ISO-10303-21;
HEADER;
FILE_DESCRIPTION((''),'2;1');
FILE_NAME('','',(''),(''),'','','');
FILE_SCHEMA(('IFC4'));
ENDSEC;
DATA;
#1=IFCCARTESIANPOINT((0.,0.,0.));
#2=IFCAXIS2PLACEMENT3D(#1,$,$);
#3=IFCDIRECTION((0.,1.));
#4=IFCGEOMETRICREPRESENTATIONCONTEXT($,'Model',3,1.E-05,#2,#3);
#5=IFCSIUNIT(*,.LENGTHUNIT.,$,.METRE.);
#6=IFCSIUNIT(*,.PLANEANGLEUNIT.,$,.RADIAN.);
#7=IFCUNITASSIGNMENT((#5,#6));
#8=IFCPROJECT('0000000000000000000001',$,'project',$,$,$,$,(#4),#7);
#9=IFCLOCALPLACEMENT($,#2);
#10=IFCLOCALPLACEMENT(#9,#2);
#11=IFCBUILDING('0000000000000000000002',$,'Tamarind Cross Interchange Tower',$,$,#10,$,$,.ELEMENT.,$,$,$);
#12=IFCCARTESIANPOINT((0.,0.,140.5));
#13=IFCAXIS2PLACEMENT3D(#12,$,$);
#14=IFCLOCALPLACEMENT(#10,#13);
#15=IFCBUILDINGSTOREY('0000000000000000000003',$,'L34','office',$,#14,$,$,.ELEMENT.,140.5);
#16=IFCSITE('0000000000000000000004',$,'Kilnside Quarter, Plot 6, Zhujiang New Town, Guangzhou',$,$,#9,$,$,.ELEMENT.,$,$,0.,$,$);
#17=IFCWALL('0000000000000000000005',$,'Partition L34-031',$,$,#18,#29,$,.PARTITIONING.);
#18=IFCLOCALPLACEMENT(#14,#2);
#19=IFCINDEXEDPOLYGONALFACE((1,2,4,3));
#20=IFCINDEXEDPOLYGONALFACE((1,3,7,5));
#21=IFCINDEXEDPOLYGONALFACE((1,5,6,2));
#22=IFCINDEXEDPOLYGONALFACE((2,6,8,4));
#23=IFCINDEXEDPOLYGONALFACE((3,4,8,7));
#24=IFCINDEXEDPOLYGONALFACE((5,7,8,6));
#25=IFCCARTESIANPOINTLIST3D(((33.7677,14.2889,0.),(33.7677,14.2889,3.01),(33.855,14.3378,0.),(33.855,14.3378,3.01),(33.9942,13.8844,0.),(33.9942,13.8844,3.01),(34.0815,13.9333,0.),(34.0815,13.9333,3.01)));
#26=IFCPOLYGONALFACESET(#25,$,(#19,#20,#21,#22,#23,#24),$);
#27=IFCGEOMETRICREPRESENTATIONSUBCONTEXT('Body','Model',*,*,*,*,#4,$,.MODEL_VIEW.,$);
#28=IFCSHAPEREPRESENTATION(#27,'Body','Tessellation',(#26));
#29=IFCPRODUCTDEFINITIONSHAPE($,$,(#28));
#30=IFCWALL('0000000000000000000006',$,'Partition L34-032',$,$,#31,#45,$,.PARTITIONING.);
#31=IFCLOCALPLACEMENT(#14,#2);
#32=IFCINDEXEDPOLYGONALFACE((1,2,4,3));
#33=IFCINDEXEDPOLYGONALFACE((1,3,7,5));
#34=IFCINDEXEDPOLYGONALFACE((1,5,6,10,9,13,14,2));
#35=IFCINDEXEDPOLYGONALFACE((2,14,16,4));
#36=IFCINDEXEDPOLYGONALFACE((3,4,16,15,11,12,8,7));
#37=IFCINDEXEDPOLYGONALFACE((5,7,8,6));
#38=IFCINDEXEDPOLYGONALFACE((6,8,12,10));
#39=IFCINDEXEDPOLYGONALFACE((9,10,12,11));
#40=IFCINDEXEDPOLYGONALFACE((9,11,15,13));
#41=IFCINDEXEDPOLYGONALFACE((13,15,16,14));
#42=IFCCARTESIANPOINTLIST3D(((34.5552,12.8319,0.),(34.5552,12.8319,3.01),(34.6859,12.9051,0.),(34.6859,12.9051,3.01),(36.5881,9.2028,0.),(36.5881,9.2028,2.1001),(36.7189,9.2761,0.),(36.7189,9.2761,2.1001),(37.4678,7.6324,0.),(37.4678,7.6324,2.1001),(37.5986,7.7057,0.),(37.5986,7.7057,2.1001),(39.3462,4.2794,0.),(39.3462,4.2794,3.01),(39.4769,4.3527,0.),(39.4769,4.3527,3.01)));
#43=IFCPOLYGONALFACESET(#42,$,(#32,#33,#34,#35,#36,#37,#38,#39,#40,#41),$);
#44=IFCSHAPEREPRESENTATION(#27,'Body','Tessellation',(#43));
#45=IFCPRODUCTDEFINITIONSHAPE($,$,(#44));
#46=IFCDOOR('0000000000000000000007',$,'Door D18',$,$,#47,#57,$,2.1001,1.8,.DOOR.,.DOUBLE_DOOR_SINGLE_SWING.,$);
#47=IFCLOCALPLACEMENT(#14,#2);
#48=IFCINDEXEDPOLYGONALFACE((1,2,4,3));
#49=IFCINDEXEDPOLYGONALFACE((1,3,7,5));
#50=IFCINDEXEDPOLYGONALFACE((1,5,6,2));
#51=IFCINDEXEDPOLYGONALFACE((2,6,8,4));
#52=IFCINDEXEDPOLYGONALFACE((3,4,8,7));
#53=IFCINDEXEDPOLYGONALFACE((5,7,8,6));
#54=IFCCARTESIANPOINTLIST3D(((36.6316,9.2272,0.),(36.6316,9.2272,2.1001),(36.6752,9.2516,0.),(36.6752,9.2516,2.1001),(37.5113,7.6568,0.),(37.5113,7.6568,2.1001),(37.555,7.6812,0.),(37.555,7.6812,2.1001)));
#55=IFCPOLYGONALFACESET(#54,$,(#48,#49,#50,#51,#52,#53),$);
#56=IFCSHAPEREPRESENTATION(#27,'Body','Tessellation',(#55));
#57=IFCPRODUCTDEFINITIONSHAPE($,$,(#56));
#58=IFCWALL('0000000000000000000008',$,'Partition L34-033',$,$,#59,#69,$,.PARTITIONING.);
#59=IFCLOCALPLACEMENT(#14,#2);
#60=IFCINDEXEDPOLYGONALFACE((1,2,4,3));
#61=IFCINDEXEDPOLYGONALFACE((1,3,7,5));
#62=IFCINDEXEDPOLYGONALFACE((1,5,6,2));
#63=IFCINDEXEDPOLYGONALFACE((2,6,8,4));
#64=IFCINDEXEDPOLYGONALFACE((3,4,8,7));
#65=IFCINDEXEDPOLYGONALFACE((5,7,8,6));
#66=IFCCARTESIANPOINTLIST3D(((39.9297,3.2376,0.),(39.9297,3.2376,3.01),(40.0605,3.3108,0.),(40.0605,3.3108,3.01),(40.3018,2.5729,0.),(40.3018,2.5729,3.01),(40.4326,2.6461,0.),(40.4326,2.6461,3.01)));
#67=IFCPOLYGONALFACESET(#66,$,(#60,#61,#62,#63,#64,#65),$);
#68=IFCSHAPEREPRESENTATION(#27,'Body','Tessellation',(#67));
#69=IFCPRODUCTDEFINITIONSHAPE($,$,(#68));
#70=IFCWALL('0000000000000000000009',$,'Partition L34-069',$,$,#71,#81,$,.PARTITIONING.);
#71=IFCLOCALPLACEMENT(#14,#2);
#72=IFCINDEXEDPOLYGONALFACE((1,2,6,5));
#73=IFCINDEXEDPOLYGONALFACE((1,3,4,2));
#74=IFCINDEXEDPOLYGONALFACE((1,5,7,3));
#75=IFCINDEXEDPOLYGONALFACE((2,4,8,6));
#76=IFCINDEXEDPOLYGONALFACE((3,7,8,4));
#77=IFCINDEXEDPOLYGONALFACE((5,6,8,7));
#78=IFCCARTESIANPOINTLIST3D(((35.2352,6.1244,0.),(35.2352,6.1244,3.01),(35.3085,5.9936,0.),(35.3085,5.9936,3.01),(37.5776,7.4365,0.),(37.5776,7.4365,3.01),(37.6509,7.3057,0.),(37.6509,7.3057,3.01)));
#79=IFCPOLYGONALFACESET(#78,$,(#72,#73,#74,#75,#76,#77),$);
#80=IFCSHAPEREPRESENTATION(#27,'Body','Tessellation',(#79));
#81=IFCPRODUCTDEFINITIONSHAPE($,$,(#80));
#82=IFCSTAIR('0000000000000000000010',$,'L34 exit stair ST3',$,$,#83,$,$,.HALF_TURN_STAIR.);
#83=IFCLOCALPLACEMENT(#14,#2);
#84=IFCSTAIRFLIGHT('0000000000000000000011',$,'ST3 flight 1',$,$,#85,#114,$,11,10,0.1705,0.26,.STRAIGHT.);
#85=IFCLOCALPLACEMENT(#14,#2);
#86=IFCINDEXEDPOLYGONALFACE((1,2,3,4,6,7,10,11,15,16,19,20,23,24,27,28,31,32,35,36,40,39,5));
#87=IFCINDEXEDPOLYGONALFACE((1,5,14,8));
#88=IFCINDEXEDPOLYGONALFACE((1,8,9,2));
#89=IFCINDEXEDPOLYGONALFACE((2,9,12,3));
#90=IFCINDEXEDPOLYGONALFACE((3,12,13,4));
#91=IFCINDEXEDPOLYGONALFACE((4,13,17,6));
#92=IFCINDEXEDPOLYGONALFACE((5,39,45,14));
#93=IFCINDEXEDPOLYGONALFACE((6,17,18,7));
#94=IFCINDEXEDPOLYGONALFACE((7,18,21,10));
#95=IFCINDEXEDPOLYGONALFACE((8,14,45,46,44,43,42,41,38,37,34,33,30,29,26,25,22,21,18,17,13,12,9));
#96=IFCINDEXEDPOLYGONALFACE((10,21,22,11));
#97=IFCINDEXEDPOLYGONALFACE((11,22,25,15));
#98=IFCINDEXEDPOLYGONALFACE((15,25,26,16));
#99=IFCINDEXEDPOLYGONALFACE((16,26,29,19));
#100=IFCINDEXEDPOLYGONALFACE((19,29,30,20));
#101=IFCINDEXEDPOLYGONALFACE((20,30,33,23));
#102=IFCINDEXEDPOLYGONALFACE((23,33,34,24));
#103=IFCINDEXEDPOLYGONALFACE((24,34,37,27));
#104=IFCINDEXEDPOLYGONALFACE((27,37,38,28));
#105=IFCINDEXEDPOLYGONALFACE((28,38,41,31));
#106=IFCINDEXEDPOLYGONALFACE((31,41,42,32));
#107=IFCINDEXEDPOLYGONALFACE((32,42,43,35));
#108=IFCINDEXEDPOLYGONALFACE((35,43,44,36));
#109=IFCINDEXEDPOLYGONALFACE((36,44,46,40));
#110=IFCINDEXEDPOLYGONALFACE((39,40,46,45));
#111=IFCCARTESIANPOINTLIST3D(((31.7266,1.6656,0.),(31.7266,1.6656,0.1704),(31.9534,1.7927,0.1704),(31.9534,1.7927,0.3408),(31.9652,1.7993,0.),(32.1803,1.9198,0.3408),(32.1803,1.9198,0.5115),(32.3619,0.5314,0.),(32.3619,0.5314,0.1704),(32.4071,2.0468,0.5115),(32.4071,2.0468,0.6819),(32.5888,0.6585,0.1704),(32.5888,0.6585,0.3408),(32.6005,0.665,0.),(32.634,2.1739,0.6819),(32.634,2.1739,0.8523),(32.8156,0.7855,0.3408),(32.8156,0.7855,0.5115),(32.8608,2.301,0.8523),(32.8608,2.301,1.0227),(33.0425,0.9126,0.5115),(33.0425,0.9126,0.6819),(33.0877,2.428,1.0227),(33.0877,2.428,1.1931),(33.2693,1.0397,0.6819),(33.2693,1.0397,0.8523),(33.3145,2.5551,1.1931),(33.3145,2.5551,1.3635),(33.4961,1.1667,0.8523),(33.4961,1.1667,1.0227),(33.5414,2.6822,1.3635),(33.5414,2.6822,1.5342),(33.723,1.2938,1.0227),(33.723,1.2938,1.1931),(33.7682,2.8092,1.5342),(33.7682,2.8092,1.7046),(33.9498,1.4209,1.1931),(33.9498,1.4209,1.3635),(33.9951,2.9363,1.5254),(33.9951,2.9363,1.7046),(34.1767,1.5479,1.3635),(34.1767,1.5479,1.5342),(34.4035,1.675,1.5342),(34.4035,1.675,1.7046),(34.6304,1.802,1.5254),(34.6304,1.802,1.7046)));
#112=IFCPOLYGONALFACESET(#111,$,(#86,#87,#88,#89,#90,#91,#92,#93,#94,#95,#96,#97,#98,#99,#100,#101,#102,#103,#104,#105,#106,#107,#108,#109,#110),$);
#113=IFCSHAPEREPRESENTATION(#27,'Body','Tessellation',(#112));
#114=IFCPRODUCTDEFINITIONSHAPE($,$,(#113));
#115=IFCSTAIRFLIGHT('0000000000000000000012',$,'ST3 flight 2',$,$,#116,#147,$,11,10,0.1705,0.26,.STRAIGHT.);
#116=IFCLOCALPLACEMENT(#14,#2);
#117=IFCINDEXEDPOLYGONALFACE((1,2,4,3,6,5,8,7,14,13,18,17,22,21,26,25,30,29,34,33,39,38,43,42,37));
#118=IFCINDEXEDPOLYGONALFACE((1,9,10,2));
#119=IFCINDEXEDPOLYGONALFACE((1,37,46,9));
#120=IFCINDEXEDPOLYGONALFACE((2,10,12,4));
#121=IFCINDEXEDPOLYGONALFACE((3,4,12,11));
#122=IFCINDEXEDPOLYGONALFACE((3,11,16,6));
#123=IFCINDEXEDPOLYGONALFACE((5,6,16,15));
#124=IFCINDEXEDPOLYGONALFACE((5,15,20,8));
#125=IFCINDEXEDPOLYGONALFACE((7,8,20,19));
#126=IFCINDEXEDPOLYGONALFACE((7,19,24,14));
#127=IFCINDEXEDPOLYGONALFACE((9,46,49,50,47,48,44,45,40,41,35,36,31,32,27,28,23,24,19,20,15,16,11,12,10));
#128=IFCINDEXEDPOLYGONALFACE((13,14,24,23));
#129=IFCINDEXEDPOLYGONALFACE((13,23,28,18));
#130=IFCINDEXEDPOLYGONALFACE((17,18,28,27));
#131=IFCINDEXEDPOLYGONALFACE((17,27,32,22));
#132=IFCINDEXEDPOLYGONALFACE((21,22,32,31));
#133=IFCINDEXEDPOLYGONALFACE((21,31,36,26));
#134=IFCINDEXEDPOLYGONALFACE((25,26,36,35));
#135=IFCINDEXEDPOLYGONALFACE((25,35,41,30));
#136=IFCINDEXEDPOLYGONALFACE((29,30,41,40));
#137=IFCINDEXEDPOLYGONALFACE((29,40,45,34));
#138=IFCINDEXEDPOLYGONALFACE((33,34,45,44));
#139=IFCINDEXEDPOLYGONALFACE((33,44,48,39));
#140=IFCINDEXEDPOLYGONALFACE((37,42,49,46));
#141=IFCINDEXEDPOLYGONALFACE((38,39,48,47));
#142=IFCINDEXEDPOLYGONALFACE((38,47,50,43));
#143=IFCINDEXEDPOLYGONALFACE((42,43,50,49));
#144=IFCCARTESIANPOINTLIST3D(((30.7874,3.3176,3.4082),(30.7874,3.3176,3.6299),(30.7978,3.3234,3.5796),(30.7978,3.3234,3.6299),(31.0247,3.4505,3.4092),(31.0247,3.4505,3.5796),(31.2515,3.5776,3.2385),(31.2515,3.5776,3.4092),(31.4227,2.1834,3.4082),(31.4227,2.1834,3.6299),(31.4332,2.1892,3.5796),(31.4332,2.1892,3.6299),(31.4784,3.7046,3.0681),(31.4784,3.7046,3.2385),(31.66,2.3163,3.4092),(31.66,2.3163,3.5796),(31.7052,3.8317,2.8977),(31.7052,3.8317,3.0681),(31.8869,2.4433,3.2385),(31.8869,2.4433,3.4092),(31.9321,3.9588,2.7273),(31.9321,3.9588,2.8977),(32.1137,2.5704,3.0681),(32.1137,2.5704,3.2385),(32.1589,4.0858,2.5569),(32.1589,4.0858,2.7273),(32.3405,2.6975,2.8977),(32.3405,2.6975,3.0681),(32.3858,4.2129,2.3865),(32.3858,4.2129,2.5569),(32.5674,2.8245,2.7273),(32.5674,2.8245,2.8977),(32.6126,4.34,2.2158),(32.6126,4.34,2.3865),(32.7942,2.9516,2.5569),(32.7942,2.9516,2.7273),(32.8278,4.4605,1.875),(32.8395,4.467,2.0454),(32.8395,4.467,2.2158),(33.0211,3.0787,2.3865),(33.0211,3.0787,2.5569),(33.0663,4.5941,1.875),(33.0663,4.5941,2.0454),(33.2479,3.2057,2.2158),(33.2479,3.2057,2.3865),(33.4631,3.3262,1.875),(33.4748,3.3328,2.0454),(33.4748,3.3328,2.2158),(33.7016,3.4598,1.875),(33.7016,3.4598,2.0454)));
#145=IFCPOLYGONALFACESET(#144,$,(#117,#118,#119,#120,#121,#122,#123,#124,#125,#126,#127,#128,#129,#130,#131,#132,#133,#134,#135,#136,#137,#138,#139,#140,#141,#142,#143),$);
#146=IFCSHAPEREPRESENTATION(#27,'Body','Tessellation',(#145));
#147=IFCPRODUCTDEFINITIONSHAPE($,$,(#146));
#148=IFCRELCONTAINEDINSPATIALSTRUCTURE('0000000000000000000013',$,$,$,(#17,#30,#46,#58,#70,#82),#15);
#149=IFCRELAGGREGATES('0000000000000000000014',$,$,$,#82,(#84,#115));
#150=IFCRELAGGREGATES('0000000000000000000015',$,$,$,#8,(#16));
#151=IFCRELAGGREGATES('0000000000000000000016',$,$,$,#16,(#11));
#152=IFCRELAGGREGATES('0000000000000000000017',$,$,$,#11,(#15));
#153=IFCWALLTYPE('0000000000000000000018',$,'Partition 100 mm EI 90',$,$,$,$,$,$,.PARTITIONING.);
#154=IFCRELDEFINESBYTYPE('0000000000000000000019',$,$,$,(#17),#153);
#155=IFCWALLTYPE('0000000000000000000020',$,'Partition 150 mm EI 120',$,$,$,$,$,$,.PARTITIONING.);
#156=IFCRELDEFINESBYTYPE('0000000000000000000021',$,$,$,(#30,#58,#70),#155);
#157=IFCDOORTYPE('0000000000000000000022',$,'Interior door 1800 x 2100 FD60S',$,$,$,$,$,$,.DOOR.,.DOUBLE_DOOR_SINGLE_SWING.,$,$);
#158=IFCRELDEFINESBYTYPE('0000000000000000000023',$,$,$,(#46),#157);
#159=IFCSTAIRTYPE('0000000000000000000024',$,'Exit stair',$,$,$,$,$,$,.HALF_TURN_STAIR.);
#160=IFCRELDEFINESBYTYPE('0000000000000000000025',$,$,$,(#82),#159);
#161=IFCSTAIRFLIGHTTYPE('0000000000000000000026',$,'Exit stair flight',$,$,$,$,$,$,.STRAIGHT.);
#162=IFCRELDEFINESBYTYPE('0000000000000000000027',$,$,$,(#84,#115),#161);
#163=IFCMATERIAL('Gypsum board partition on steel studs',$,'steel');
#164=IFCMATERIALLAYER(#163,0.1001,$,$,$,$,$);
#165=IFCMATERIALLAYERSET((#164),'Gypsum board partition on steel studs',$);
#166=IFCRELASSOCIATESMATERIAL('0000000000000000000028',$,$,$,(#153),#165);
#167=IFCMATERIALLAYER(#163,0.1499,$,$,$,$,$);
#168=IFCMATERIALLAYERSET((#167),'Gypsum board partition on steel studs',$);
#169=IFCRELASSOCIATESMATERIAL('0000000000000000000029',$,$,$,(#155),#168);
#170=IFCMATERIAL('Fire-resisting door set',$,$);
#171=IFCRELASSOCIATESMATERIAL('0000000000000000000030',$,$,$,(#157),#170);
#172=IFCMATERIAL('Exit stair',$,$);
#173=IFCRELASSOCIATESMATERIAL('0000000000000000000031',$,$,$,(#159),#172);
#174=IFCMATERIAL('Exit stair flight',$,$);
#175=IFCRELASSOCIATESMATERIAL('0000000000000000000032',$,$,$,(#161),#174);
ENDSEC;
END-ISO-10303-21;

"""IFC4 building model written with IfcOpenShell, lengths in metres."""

from ifc_helpers import new_model, si_unit, direction, frame, frame_2d, origin, place, context, subcontext, project, spatial, polyline, rectangle, outline, extrude, material, layer, layer_set, type_object, element, fill, aggregate, save


model = new_model("IFC4")

# Units and contexts
model_context = context("Model", 3, precision=1e-05, world=origin(), true_north=direction((0.0, 1.0)))
body_context = subcontext(model_context, "Body", "Model", "MODEL_VIEW")
ifc_project = project(units=[si_unit("LENGTHUNIT", "METRE"), si_unit("PLANEANGLEUNIT", "RADIAN")], contexts=[model_context])

# Site, building, storey
site_placement = place(None, origin())
site = spatial("IfcSite", under=ifc_project, at=site_placement, Name="Kilnside Quarter, Plot 6, Zhujiang New Town, Guangzhou", CompositionType="ELEMENT", RefElevation=0.0)
building_placement = place(site_placement, origin())
building = spatial("IfcBuilding", under=site, at=building_placement, Name="Tamarind Cross Interchange Tower", CompositionType="ELEMENT")
storey_placement = place(building_placement, frame((0.0, 0.0, 140.5)))
storey = spatial("IfcBuildingStorey", under=building, at=storey_placement, Name="L34", Description="office", CompositionType="ELEMENT", Elevation=140.5)

# Wall
ifc_material_1 = material(Name="Gypsum board partition on steel studs", Category="steel")
ifc_layer_1 = layer(ifc_material_1, 0.1001)
ifc_layer_set_1 = layer_set([ifc_layer_1], Name="Gypsum board partition on steel studs")
wall_type_1 = type_object("IfcWallType", Name="Partition 100 mm EI 90", PredefinedType="PARTITIONING", material=ifc_layer_set_1)
wall_1_placement = place(storey_placement, frame((33.8113, 14.3135, 0.0), z_axis=(0.0, 0.0, 1.0), x_axis=(0.488635, -0.872488, 0.0)))
element("IfcWall", 1, at=wall_1_placement, inside=storey, type_object=wall_type_1, Name="Partition L34-031", PredefinedType="PARTITIONING", context=body_context, shape_type="SweptSolid", body=[
    extrude(rectangle(XDim=0.4636, YDim=0.1001, at=frame_2d((0.2319, 0.0))), origin(), (0.0, 0.0, 1.0), 3.01),
])

# Wall, opening, door
ifc_layer_2 = layer(ifc_material_1, 0.1499)
ifc_layer_set_2 = layer_set([ifc_layer_2], Name="Gypsum board partition on steel studs")
wall_type_2 = type_object("IfcWallType", Name="Partition 150 mm EI 120", PredefinedType="PARTITIONING", material=ifc_layer_set_2)
wall_2_placement = place(storey_placement, frame((34.6206, 12.8684, 0.0), z_axis=(0.0, 0.0, 1.0), x_axis=(0.488729, -0.872436, 0.0)))
wall_2 = element("IfcWall", 2, at=wall_2_placement, inside=storey, type_object=wall_type_2, Name="Partition L34-032", PredefinedType="PARTITIONING", context=body_context, shape_type="SweptSolid", body=[
    extrude(rectangle(XDim=9.803, YDim=0.1499, at=frame_2d((4.9014, 0.0))), origin(), (0.0, 0.0, 1.0), 3.01),
])
opening_placement = place(wall_2_placement, frame((4.1597, 0.0, 0.0)))
opening = element("IfcOpeningElement", 3, at=opening_placement, cuts=wall_2, PredefinedType="OPENING", context=body_context, shape_type="SweptSolid", body=[
    extrude(rectangle(XDim=1.8, YDim=2.1001, at=frame_2d((0.8999, 1.05))), frame((0.0, 0.085, 0.0), z_axis=(0.0, -1.0, 0.0), x_axis=(1.0, 0.0, 0.0)), (0.0, 0.0, 1.0), 0.1699),
])
ifc_material_2 = material(Name="Fire-resisting door set")
door_type = type_object("IfcDoorType", Name="Interior door 1800 x 2100 FD60S", OperationType="DOUBLE_DOOR_SINGLE_SWING", PredefinedType="DOOR", material=ifc_material_2)
door_placement = place(opening_placement, origin())
door = element("IfcDoor", 4, at=door_placement, inside=storey, type_object=door_type, Name="Door D18", OperationType="DOUBLE_DOOR_SINGLE_SWING", OverallHeight=2.1001, OverallWidth=1.8, PredefinedType="DOOR", context=body_context, shape_type="SweptSolid", body=[
    extrude(rectangle(XDim=1.8, YDim=2.1001, at=frame_2d((0.8999, 1.05))), frame((0.0, 0.0249, 0.0), z_axis=(0.0, -1.0, 0.0), x_axis=(1.0, 0.0, 0.0)), (0.0, 0.0, 1.0), 0.05),
])
fill(opening, door)

# Walls
wall_3_placement = place(storey_placement, frame((39.9951, 3.2742, 0.0), z_axis=(0.0, 0.0, 1.0), x_axis=(0.488525, -0.87255, 0.0)))
element("IfcWall", 5, at=wall_3_placement, inside=storey, type_object=wall_type_2, Name="Partition L34-033", PredefinedType="PARTITIONING", context=body_context, shape_type="SweptSolid", body=[
    extrude(rectangle(XDim=0.7617, YDim=0.1499, at=frame_2d((0.3809, 0.0))), origin(), (0.0, 0.0, 1.0), 3.01),
])
wall_4_placement = place(storey_placement, frame((35.272, 6.0591, 0.0), z_axis=(0.0, 0.0, 1.0), x_axis=(0.872453, 0.488698, 0.0)))
element("IfcWall", 6, at=wall_4_placement, inside=storey, type_object=wall_type_2, Name="Partition L34-069", PredefinedType="PARTITIONING", context=body_context, shape_type="SweptSolid", body=[
    extrude(rectangle(XDim=2.6848, YDim=0.1499, at=frame_2d((1.3423, 0.0))), origin(), (0.0, 0.0, 1.0), 3.01),
])

# Stair, stair flights
ifc_material_3 = material(Name="Exit stair")
stair_type = type_object("IfcStairType", Name="Exit stair", PredefinedType="HALF_TURN_STAIR", material=ifc_material_3)
stair_placement = place(storey_placement, origin())
stair = element("IfcStair", 7, at=stair_placement, inside=storey, type_object=stair_type, Name="L34 exit stair ST3", PredefinedType="HALF_TURN_STAIR")
ifc_material_4 = material(Name="Exit stair flight")
stair_flight_type = type_object("IfcStairFlightType", Name="Exit stair flight", PredefinedType="STRAIGHT", material=ifc_material_4)
stair_flight_1_placement = place(storey_placement, frame((32.0442, 1.0986, 0.0), z_axis=(0.0, 0.0, 1.0), x_axis=(0.872458, 0.488688, 0.0)))
stair_flight_1 = element("IfcStairFlight", 8, at=stair_flight_1_placement, type_object=stair_flight_type, Name="ST3 flight 1", NumberOfRisers=11, NumberOfTreads=10, PredefinedType="STRAIGHT", RiserHeight=0.1705, TreadLength=0.26, context=body_context, shape_type="SweptSolid", body=[
    extrude(outline(polyline([(0.0, 0.0), (0.0, 0.1704), (0.26, 0.1704), (0.26, 0.3408), (0.52, 0.3408), (0.52, 0.5115), (0.78, 0.5115), (0.78, 0.6819), (1.04, 0.6819), (1.04, 0.8523), (1.3, 0.8523), (1.3, 1.0227), (1.5601, 1.0227), (1.5601, 1.1931), (1.8201, 1.1931), (1.8201, 1.3635), (2.0801, 1.3635), (2.0801, 1.5342), (2.3401, 1.5342), (2.3401, 1.7046), (2.6001, 1.7046), (2.6001, 1.875), (2.6001, 1.5254), (0.2734, 0.0), (0.0, 0.0)])), frame((0.0, 0.6499, 0.0), z_axis=(0.0, -1.0, 0.0), x_axis=(1.0, 0.0, 0.0)), (0.0, 0.0, 1.0), 1.3),
])
stair_flight_2_placement = place(storey_placement, frame((33.384, 4.0269, 1.875), z_axis=(0.0, 0.0, 1.0), x_axis=(-0.872458, -0.488688, 0.0)))
stair_flight_2 = element("IfcStairFlight", 9, at=stair_flight_2_placement, type_object=stair_flight_type, Name="ST3 flight 2", NumberOfRisers=11, NumberOfTreads=10, PredefinedType="STRAIGHT", RiserHeight=0.1705, TreadLength=0.26, context=body_context, shape_type="SweptSolid", body=[
    extrude(outline(polyline([(0.0, 0.0), (0.0, 0.1704), (0.26, 0.1704), (0.26, 0.3408), (0.52, 0.3408), (0.52, 0.5115), (0.78, 0.5115), (0.78, 0.6819), (1.04, 0.6819), (1.04, 0.8523), (1.3, 0.8523), (1.3, 1.0227), (1.5601, 1.0227), (1.5601, 1.1931), (1.8201, 1.1931), (1.8201, 1.3635), (2.0801, 1.3635), (2.0801, 1.5342), (2.3401, 1.5342), (2.3401, 1.7046), (2.6001, 1.7046), (2.6001, 1.7549), (2.6121, 1.7549), (2.6121, 1.5332), (0.2734, 0.0), (0.0, 0.0)])), frame((0.0, 0.6499, 0.0), z_axis=(0.0, -1.0, 0.0), x_axis=(1.0, 0.0, 0.0)), (0.0, 0.0, 1.0), 1.3),
])
aggregate(stair, [stair_flight_1, stair_flight_2])

save(model, "model.ifc")
